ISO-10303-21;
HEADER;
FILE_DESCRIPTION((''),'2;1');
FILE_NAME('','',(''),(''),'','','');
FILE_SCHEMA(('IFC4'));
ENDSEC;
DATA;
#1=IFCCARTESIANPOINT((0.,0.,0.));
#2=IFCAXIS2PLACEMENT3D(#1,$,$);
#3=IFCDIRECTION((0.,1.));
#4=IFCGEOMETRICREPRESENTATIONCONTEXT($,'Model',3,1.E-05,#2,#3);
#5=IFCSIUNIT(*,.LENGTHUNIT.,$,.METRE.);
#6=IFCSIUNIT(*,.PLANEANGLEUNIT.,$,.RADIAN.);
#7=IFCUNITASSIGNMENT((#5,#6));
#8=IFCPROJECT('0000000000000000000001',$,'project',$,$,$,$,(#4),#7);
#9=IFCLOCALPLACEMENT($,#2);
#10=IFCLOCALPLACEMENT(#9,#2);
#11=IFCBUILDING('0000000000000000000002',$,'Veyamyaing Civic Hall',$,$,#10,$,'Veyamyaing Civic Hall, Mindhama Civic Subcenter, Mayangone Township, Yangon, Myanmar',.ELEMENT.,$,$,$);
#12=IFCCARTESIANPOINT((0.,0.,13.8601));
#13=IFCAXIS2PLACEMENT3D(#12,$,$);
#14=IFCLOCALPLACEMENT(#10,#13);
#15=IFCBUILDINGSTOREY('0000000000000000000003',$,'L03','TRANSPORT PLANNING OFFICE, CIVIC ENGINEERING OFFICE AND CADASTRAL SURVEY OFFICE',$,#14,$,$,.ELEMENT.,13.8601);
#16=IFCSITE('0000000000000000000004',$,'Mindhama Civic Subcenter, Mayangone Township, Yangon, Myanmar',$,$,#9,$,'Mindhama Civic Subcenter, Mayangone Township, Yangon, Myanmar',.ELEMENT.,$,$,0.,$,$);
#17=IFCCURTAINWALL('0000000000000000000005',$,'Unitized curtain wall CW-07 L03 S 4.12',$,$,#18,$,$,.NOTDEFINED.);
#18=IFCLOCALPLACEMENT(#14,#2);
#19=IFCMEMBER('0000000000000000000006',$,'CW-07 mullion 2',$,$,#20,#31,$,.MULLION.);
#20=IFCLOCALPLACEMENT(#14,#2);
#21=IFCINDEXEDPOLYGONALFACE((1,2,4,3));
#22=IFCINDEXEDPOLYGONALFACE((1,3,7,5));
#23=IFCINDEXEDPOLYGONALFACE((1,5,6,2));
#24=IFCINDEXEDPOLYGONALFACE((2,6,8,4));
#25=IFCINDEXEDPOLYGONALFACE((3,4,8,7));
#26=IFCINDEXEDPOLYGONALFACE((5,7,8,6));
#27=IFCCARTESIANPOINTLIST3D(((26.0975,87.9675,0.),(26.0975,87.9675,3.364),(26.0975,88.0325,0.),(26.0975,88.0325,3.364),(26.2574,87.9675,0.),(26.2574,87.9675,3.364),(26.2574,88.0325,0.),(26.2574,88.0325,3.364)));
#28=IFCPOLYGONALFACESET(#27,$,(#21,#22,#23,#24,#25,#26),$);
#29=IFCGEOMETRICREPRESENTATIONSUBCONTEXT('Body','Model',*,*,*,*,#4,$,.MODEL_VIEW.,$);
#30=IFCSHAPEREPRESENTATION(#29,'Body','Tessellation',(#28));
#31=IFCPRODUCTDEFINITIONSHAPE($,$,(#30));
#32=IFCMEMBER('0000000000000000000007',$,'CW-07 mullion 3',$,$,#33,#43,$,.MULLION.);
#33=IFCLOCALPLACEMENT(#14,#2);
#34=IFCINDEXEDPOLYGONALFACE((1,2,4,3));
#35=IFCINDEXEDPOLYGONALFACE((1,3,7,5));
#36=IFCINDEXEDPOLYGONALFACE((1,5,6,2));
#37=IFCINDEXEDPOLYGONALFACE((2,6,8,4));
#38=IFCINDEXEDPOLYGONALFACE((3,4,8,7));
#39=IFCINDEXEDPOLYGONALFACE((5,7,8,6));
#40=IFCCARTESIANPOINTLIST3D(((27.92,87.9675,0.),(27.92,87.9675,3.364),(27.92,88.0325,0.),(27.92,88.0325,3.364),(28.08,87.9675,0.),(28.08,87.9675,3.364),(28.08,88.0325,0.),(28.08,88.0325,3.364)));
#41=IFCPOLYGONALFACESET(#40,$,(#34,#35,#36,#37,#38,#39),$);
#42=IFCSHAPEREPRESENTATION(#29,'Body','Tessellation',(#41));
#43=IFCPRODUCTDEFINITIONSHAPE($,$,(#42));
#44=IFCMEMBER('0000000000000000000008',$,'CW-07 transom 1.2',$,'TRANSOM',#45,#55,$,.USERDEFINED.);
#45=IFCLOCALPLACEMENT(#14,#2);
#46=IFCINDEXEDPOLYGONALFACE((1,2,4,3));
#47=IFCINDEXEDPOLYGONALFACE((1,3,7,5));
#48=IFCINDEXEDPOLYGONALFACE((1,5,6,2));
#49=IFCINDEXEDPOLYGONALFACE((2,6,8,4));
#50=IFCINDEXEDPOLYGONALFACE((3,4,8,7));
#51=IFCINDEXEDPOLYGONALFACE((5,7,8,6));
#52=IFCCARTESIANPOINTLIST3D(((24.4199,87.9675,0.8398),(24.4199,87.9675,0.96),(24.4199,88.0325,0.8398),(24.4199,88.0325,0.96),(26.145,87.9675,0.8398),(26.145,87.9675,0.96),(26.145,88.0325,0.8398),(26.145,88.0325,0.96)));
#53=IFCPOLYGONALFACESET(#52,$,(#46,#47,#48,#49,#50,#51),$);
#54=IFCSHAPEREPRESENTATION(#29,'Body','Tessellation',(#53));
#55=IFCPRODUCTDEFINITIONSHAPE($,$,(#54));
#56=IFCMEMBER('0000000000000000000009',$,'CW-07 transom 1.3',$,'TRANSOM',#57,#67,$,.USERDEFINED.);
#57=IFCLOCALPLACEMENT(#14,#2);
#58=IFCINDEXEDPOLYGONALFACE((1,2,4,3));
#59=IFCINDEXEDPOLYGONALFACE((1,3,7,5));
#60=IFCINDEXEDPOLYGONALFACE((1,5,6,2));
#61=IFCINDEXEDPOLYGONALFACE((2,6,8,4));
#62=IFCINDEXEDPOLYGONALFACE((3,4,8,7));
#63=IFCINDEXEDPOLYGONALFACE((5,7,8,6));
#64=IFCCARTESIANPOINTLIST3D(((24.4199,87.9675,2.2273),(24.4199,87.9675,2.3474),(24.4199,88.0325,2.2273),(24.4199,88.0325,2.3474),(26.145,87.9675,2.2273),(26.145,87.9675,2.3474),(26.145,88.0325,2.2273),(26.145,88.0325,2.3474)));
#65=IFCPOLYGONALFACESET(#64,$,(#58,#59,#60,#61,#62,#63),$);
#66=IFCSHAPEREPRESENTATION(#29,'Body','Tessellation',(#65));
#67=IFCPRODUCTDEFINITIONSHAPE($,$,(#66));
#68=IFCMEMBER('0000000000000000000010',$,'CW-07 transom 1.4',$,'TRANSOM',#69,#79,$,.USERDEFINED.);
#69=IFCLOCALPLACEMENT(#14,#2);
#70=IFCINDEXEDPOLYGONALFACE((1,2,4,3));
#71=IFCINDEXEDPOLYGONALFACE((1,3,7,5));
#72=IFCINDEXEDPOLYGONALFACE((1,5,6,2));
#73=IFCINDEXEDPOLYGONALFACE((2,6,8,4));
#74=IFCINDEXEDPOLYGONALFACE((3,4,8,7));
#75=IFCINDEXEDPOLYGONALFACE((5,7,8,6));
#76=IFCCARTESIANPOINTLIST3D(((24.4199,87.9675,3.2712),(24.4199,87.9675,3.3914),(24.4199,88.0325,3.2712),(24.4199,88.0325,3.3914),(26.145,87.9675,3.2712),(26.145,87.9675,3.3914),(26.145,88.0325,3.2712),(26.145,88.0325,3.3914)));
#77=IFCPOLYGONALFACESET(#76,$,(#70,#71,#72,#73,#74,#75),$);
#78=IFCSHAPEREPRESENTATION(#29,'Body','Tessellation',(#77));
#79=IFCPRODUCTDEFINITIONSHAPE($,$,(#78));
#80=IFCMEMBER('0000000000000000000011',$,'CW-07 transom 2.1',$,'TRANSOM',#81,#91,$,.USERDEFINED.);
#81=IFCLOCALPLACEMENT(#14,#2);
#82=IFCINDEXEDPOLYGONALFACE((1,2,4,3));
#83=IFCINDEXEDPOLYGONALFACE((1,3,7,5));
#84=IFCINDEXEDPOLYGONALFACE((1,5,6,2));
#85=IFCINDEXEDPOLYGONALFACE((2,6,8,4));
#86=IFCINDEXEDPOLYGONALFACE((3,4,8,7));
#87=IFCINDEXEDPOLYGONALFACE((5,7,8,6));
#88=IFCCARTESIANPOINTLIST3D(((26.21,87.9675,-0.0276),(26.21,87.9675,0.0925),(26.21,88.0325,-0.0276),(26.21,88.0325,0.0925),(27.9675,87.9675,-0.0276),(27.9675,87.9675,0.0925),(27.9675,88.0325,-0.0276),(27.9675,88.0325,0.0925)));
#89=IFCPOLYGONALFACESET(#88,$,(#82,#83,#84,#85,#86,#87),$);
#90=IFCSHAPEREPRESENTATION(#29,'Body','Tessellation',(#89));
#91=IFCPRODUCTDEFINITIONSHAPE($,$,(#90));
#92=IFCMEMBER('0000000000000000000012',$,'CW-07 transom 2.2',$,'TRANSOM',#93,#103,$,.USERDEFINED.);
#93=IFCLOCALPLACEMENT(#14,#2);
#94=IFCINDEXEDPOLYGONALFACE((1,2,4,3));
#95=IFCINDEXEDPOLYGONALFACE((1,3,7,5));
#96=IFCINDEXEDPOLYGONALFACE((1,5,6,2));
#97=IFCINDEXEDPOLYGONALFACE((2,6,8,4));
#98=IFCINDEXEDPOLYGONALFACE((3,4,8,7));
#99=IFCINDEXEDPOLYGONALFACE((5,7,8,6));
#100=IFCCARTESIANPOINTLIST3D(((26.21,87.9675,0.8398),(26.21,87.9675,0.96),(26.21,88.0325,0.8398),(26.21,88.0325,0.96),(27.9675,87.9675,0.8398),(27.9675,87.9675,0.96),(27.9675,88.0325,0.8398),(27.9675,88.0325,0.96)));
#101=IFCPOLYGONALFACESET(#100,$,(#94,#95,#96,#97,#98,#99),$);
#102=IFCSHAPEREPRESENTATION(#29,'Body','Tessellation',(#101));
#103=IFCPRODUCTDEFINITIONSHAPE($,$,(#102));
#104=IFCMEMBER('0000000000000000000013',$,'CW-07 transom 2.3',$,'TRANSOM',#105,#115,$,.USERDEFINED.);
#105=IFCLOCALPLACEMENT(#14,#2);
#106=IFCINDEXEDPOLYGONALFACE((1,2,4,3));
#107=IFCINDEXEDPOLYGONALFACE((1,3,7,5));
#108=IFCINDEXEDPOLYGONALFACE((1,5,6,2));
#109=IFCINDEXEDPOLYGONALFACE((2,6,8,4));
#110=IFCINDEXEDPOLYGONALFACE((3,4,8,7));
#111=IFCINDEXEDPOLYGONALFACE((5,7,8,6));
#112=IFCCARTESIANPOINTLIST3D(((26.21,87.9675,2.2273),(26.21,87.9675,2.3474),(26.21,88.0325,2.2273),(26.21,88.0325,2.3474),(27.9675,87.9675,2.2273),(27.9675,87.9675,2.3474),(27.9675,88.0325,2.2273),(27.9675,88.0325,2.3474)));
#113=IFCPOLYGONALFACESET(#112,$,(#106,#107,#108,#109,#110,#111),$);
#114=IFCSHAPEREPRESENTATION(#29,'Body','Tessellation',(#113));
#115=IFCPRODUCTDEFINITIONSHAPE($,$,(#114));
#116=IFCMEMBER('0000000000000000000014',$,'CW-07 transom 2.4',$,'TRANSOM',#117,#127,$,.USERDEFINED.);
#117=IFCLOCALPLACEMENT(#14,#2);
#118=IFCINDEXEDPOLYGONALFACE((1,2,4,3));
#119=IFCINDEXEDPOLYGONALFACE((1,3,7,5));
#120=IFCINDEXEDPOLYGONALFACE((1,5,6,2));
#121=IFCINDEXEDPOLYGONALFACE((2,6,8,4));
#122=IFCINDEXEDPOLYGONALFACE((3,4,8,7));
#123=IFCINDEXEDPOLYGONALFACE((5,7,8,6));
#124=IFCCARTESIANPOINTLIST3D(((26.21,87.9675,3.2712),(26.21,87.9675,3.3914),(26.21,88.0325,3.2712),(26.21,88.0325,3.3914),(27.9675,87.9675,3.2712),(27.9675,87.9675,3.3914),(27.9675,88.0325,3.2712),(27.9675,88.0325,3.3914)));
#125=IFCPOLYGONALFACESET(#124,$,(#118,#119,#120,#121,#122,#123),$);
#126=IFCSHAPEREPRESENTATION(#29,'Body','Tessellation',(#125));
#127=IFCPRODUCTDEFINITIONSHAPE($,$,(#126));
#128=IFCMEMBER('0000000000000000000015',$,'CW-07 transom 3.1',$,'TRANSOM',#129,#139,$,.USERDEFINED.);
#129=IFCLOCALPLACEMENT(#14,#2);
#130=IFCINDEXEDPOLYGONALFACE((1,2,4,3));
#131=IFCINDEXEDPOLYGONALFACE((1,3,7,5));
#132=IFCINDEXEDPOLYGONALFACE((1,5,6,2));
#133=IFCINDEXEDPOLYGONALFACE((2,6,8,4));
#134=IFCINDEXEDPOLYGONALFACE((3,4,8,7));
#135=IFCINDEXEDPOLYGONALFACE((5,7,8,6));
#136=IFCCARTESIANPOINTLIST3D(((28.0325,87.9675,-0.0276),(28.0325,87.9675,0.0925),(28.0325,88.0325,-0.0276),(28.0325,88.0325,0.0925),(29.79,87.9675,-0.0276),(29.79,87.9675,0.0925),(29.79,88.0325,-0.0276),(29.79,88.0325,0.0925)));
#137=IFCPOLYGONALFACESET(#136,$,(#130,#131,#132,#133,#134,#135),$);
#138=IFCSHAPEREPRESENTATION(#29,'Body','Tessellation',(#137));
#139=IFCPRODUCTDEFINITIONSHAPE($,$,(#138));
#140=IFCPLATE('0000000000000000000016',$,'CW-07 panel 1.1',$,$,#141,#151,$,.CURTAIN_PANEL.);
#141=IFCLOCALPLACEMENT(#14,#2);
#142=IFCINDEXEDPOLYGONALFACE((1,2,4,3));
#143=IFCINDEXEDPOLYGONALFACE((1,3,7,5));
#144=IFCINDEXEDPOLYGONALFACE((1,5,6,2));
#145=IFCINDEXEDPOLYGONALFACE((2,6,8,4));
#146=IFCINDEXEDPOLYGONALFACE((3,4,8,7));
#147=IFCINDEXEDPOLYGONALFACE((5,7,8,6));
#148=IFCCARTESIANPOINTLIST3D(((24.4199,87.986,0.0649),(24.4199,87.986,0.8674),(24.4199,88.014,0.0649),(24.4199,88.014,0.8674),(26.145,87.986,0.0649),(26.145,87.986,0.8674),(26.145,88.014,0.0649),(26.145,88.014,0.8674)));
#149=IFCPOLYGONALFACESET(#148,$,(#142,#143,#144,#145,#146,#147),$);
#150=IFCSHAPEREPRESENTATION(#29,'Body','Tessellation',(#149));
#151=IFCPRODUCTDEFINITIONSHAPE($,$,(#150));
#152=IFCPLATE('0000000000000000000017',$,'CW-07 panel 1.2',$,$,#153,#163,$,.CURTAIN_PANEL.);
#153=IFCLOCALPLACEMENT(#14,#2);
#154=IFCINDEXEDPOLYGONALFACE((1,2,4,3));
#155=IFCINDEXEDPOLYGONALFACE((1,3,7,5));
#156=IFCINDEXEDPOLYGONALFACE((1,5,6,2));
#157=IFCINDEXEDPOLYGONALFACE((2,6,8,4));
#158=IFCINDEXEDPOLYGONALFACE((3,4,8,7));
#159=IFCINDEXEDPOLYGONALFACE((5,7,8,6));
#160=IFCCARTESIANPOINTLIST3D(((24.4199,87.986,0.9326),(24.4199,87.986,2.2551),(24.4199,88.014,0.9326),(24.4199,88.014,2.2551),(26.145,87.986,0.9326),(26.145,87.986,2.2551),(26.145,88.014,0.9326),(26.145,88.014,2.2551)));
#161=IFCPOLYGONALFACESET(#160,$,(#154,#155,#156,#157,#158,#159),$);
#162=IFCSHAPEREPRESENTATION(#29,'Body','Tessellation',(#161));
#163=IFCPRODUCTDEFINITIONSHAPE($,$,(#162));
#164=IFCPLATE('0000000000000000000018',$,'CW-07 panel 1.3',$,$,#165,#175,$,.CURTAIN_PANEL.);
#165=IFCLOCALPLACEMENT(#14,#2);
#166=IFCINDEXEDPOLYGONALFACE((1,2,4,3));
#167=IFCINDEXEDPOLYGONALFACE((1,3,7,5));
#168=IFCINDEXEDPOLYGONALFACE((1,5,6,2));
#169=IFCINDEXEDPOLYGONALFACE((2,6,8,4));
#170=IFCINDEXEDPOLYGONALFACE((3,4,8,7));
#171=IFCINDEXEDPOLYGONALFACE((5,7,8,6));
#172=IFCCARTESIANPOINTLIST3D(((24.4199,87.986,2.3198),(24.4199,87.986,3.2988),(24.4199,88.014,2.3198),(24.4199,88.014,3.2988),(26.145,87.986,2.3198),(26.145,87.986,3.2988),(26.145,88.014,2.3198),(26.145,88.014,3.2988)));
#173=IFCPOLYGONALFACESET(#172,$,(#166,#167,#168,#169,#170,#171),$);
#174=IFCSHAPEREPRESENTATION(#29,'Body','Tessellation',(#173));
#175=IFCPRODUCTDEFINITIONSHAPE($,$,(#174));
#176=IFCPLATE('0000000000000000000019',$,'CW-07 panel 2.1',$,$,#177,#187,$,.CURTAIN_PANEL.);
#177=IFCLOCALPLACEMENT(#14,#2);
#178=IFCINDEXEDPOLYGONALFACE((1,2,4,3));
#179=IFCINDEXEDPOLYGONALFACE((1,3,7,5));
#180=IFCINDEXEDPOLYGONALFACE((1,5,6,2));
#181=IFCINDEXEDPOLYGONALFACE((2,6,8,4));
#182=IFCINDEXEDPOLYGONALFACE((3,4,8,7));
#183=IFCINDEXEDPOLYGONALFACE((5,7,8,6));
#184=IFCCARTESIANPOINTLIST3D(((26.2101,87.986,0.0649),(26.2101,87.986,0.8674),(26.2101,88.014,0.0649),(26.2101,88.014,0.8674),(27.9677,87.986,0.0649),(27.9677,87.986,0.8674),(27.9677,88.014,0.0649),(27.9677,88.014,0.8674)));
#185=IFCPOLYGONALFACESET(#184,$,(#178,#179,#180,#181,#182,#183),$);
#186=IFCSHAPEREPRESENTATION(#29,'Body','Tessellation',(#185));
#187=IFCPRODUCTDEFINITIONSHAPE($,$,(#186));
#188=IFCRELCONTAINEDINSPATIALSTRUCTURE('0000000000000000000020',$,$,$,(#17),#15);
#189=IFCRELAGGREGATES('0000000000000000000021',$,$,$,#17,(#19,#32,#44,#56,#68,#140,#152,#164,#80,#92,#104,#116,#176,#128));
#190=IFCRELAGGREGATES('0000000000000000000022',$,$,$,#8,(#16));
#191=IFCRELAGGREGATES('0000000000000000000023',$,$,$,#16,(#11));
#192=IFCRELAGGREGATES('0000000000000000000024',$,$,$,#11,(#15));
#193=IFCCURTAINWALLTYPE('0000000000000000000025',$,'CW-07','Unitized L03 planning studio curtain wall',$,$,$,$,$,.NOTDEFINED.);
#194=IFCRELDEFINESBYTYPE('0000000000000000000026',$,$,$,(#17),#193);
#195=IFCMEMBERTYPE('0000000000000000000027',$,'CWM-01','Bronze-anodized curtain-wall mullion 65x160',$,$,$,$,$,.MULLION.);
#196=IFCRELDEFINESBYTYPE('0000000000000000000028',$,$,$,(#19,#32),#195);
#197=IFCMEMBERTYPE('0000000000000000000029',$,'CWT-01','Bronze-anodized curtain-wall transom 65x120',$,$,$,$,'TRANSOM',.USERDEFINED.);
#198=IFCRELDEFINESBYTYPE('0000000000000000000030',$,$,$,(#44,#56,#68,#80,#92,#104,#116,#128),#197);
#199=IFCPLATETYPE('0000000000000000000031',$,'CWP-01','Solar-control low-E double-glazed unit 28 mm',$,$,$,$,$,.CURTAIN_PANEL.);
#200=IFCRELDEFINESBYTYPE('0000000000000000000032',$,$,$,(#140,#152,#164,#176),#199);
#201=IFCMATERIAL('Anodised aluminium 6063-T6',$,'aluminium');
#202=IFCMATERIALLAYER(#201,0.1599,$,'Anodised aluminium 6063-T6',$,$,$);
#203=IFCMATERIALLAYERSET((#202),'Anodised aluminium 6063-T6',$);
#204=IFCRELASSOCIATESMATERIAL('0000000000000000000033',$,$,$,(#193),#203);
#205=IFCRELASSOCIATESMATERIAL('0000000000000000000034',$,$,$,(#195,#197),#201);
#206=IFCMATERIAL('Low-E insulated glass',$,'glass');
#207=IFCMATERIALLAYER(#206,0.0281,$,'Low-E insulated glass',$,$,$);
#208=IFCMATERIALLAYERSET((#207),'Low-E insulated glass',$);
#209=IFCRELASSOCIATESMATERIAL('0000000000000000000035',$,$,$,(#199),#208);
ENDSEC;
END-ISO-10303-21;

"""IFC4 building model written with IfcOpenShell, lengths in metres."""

from ifc_helpers import new_model, si_unit, direction, frame, origin, origin_2d, place, context, subcontext, project, spatial, rectangle, extrude, material, layer, layer_set, material_profile, profile_set, type_object, element, aggregate, save


model = new_model("IFC4")

# Units and contexts
model_context = context("Model", 3, precision=1e-05, world=origin(), true_north=direction((0.0, 1.0)))
body_context = subcontext(model_context, "Body", "Model", "MODEL_VIEW")
ifc_project = project(units=[si_unit("LENGTHUNIT", "METRE"), si_unit("PLANEANGLEUNIT", "RADIAN")], contexts=[model_context])

# Site, building, storey
site_placement = place(None, origin())
site = spatial("IfcSite", under=ifc_project, at=site_placement, Name="Mindhama Civic Subcenter, Mayangone Township, Yangon, Myanmar", LongName="Mindhama Civic Subcenter, Mayangone Township, Yangon, Myanmar", CompositionType="ELEMENT", RefElevation=0.0)
building_placement = place(site_placement, origin())
building = spatial("IfcBuilding", under=site, at=building_placement, Name="Veyamyaing Civic Hall", LongName="Veyamyaing Civic Hall, Mindhama Civic Subcenter, Mayangone Township, Yangon, Myanmar", CompositionType="ELEMENT")
storey_placement = place(building_placement, frame((0.0, 0.0, 13.8601)))
storey = spatial("IfcBuildingStorey", under=building, at=storey_placement, Name="L03", Description="TRANSPORT PLANNING OFFICE, CIVIC ENGINEERING OFFICE AND CADASTRAL SURVEY OFFICE", CompositionType="ELEMENT", Elevation=13.8601)

# Curtain wall, members, plates
ifc_material_1 = material(Name="Anodised aluminium 6063-T6", Category="aluminium")
ifc_layer_1 = layer(ifc_material_1, 0.1599, Name="Anodised aluminium 6063-T6")
ifc_layer_set_1 = layer_set([ifc_layer_1], Name="Anodised aluminium 6063-T6")
curtain_wall_type = type_object("IfcCurtainWallType", Name="CW-07", Description="Unitized L03 planning studio curtain wall", PredefinedType="NOTDEFINED", material=ifc_layer_set_1)
curtain_wall_placement = place(storey_placement, origin())
curtain_wall = element("IfcCurtainWall", 1, at=curtain_wall_placement, inside=storey, type_object=curtain_wall_type, Name="Unitized curtain wall CW-07 L03 S 4.12", PredefinedType="NOTDEFINED")
ifc_material_profile_1 = material_profile(ifc_material_1, rectangle(XDim=0.0649, YDim=0.1599, at=origin_2d()), Name="ALU-MUL-65X160")
ifc_profile_set_1 = profile_set([ifc_material_profile_1], Name="Anodised aluminium 6063-T6")
member_type_1 = type_object("IfcMemberType", Name="CWM-01", Description="Bronze-anodized curtain-wall mullion 65x160", PredefinedType="MULLION", material=ifc_profile_set_1)
member_1_placement = place(storey_placement, frame((26.1775, 88.0, 0.0), z_axis=(0.0, 0.0, 1.0), x_axis=(0.0, 1.0, 0.0)))
member_1 = element("IfcMember", 2, at=member_1_placement, type_object=member_type_1, Name="CW-07 mullion 2", PredefinedType="MULLION", context=body_context, shape_type="SweptSolid", body=[
    extrude(rectangle(XDim=0.0649, YDim=0.1599, at=origin_2d()), origin(), (0.0, 0.0, 1.0), 3.364),
])
member_2_placement = place(storey_placement, frame((28.0, 88.0, 0.0), z_axis=(0.0, 0.0, 1.0), x_axis=(0.0, 1.0, 0.0)))
member_2 = element("IfcMember", 3, at=member_2_placement, type_object=member_type_1, Name="CW-07 mullion 3", PredefinedType="MULLION", context=body_context, shape_type="SweptSolid", body=[
    extrude(rectangle(XDim=0.0649, YDim=0.1599, at=origin_2d()), origin(), (0.0, 0.0, 1.0), 3.364),
])
ifc_material_profile_2 = material_profile(ifc_material_1, rectangle(XDim=0.0649, YDim=0.1201, at=origin_2d()), Name="ALU-TRN-65X120")
ifc_profile_set_2 = profile_set([ifc_material_profile_2], Name="Anodised aluminium 6063-T6")
member_type_2 = type_object("IfcMemberType", Name="CWT-01", Description="Bronze-anodized curtain-wall transom 65x120", ElementType="TRANSOM", PredefinedType="USERDEFINED", material=ifc_profile_set_2)
member_3_placement = place(storey_placement, frame((24.4199, 88.0, 0.8999), z_axis=(1.0, 0.0, 0.0), x_axis=(0.0, 1.0, 0.0)))
member_3 = element("IfcMember", 4, at=member_3_placement, type_object=member_type_2, Name="CW-07 transom 1.2", ObjectType="TRANSOM", PredefinedType="USERDEFINED", context=body_context, shape_type="SweptSolid", body=[
    extrude(rectangle(XDim=0.0649, YDim=0.1201, at=origin_2d()), origin(), (0.0, 0.0, 1.0), 1.7251),
])
member_4_placement = place(storey_placement, frame((24.4199, 88.0, 2.2874), z_axis=(1.0, 0.0, 0.0), x_axis=(0.0, 1.0, 0.0)))
member_4 = element("IfcMember", 5, at=member_4_placement, type_object=member_type_2, Name="CW-07 transom 1.3", ObjectType="TRANSOM", PredefinedType="USERDEFINED", context=body_context, shape_type="SweptSolid", body=[
    extrude(rectangle(XDim=0.0649, YDim=0.1201, at=origin_2d()), origin(), (0.0, 0.0, 1.0), 1.7251),
])
member_5_placement = place(storey_placement, frame((24.4199, 88.0, 3.3313), z_axis=(1.0, 0.0, 0.0), x_axis=(0.0, 1.0, 0.0)))
member_5 = element("IfcMember", 6, at=member_5_placement, type_object=member_type_2, Name="CW-07 transom 1.4", ObjectType="TRANSOM", PredefinedType="USERDEFINED", context=body_context, shape_type="SweptSolid", body=[
    extrude(rectangle(XDim=0.0649, YDim=0.1201, at=origin_2d()), origin(), (0.0, 0.0, 1.0), 1.7251),
])
member_6_placement = place(storey_placement, frame((26.21, 88.0, 0.0325), z_axis=(1.0, 0.0, 0.0), x_axis=(0.0, 1.0, 0.0)))
member_6 = element("IfcMember", 7, at=member_6_placement, type_object=member_type_2, Name="CW-07 transom 2.1", ObjectType="TRANSOM", PredefinedType="USERDEFINED", context=body_context, shape_type="SweptSolid", body=[
    extrude(rectangle(XDim=0.0649, YDim=0.1201, at=origin_2d()), origin(), (0.0, 0.0, 1.0), 1.7576),
])
member_7_placement = place(storey_placement, frame((26.21, 88.0, 0.8999), z_axis=(1.0, 0.0, 0.0), x_axis=(0.0, 1.0, 0.0)))
member_7 = element("IfcMember", 8, at=member_7_placement, type_object=member_type_2, Name="CW-07 transom 2.2", ObjectType="TRANSOM", PredefinedType="USERDEFINED", context=body_context, shape_type="SweptSolid", body=[
    extrude(rectangle(XDim=0.0649, YDim=0.1201, at=origin_2d()), origin(), (0.0, 0.0, 1.0), 1.7576),
])
member_8_placement = place(storey_placement, frame((26.21, 88.0, 2.2874), z_axis=(1.0, 0.0, 0.0), x_axis=(0.0, 1.0, 0.0)))
member_8 = element("IfcMember", 9, at=member_8_placement, type_object=member_type_2, Name="CW-07 transom 2.3", ObjectType="TRANSOM", PredefinedType="USERDEFINED", context=body_context, shape_type="SweptSolid", body=[
    extrude(rectangle(XDim=0.0649, YDim=0.1201, at=origin_2d()), origin(), (0.0, 0.0, 1.0), 1.7576),
])
member_9_placement = place(storey_placement, frame((26.21, 88.0, 3.3313), z_axis=(1.0, 0.0, 0.0), x_axis=(0.0, 1.0, 0.0)))
member_9 = element("IfcMember", 10, at=member_9_placement, type_object=member_type_2, Name="CW-07 transom 2.4", ObjectType="TRANSOM", PredefinedType="USERDEFINED", context=body_context, shape_type="SweptSolid", body=[
    extrude(rectangle(XDim=0.0649, YDim=0.1201, at=origin_2d()), origin(), (0.0, 0.0, 1.0), 1.7576),
])
member_10_placement = place(storey_placement, frame((28.0325, 88.0, 0.0325), z_axis=(1.0, 0.0, 0.0), x_axis=(0.0, 1.0, 0.0)))
member_10 = element("IfcMember", 11, at=member_10_placement, type_object=member_type_2, Name="CW-07 transom 3.1", ObjectType="TRANSOM", PredefinedType="USERDEFINED", context=body_context, shape_type="SweptSolid", body=[
    extrude(rectangle(XDim=0.0649, YDim=0.1201, at=origin_2d()), origin(), (0.0, 0.0, 1.0), 1.7576),
])
ifc_material_2 = material(Name="Low-E insulated glass", Category="glass")
ifc_layer_2 = layer(ifc_material_2, 0.0281, Name="Low-E insulated glass")
ifc_layer_set_2 = layer_set([ifc_layer_2], Name="Low-E insulated glass")
plate_type = type_object("IfcPlateType", Name="CWP-01", Description="Solar-control low-E double-glazed unit 28 mm", PredefinedType="CURTAIN_PANEL", material=ifc_layer_set_2)
plate_1_placement = place(storey_placement, frame((25.2825, 88.0, 0.0649), z_axis=(0.0, 0.0, 1.0), x_axis=(1.0, 0.0, 0.0)))
plate_1 = element("IfcPlate", 12, at=plate_1_placement, type_object=plate_type, Name="CW-07 panel 1.1", PredefinedType="CURTAIN_PANEL", context=body_context, shape_type="SweptSolid", body=[
    extrude(rectangle(XDim=1.7251, YDim=0.0281, at=origin_2d()), origin(), (0.0, 0.0, 1.0), 0.8025),
])
plate_2_placement = place(storey_placement, frame((25.2825, 88.0, 0.9326), z_axis=(0.0, 0.0, 1.0), x_axis=(1.0, 0.0, 0.0)))
plate_2 = element("IfcPlate", 13, at=plate_2_placement, type_object=plate_type, Name="CW-07 panel 1.2", PredefinedType="CURTAIN_PANEL", context=body_context, shape_type="SweptSolid", body=[
    extrude(rectangle(XDim=1.7251, YDim=0.0281, at=origin_2d()), origin(), (0.0, 0.0, 1.0), 1.3225),
])
plate_3_placement = place(storey_placement, frame((25.2825, 88.0, 2.3198), z_axis=(0.0, 0.0, 1.0), x_axis=(1.0, 0.0, 0.0)))
plate_3 = element("IfcPlate", 14, at=plate_3_placement, type_object=plate_type, Name="CW-07 panel 1.3", PredefinedType="CURTAIN_PANEL", context=body_context, shape_type="SweptSolid", body=[
    extrude(rectangle(XDim=1.7251, YDim=0.0281, at=origin_2d()), origin(), (0.0, 0.0, 1.0), 0.979),
])
plate_4_placement = place(storey_placement, frame((27.0889, 88.0, 0.0649), z_axis=(0.0, 0.0, 1.0), x_axis=(1.0, 0.0, 0.0)))
plate_4 = element("IfcPlate", 15, at=plate_4_placement, type_object=plate_type, Name="CW-07 panel 2.1", PredefinedType="CURTAIN_PANEL", context=body_context, shape_type="SweptSolid", body=[
    extrude(rectangle(XDim=1.7576, YDim=0.0281, at=origin_2d()), origin(), (0.0, 0.0, 1.0), 0.8025),
])
aggregate(curtain_wall, [member_1, member_2, member_3, member_4, member_5, plate_1, plate_2, plate_3, member_6, member_7, member_8, member_9, plate_4, member_10])

save(model, "model.ifc")
